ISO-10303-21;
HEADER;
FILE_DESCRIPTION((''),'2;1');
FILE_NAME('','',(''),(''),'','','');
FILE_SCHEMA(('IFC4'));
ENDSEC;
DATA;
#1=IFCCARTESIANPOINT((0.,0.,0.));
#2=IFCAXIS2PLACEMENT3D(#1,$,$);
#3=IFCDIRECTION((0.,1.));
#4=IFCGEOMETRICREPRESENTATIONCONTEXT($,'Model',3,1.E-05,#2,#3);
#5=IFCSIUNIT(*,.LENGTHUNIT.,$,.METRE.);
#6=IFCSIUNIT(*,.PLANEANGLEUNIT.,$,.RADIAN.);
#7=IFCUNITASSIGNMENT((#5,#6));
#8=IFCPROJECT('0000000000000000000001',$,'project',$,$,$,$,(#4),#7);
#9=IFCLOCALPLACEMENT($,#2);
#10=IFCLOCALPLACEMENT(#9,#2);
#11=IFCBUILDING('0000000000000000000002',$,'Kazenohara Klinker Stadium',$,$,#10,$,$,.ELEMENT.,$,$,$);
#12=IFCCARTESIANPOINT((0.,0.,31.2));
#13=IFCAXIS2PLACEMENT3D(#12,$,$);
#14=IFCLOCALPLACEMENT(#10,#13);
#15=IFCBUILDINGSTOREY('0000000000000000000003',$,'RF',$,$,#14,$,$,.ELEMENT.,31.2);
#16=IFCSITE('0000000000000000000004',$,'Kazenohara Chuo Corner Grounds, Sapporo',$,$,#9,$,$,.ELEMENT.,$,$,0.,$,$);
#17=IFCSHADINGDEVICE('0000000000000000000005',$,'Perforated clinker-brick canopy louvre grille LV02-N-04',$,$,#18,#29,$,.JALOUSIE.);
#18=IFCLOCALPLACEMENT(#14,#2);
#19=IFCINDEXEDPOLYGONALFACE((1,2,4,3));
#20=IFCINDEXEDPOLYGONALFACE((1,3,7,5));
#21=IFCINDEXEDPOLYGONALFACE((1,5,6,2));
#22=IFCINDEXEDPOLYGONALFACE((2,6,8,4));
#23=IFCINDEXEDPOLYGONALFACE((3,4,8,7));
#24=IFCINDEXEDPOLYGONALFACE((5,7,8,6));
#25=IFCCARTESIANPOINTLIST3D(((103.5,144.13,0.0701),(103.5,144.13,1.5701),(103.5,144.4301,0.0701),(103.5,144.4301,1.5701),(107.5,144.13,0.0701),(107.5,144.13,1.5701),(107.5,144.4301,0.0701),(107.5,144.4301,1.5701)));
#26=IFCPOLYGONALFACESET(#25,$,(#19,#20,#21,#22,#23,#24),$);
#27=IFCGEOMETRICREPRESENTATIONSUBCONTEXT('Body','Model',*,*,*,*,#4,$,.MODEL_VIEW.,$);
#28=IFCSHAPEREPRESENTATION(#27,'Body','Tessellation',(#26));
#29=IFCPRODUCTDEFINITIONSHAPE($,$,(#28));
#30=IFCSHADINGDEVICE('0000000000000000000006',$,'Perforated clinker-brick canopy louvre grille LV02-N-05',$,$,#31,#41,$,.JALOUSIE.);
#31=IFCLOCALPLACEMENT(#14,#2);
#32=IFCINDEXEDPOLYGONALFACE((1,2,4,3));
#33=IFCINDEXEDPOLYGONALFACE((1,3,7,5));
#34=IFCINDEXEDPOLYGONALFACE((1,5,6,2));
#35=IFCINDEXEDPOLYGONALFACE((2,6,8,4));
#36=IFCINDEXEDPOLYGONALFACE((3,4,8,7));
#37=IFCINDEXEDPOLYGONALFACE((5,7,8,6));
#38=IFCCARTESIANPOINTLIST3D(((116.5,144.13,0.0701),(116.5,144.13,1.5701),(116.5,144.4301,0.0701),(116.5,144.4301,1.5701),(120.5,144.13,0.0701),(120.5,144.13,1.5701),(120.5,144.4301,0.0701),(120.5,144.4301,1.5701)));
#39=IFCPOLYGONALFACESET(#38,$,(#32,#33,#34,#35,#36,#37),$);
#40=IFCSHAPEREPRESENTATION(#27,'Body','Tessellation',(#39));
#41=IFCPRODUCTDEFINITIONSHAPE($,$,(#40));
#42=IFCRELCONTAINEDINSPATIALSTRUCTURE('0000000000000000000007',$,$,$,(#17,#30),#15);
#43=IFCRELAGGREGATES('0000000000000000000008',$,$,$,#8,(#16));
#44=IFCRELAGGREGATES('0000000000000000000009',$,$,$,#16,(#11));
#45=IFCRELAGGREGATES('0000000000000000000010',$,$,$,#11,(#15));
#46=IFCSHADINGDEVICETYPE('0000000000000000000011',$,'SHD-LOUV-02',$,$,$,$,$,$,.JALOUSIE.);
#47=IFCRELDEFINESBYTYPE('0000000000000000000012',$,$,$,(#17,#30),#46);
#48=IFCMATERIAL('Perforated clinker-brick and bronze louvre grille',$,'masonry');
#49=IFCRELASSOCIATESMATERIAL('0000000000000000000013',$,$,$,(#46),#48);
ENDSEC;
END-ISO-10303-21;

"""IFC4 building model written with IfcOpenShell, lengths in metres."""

from ifc_helpers import new_model, si_unit, direction, frame, origin, origin_2d, place, context, subcontext, project, spatial, rectangle, extrude, material, type_object, element, save


model = new_model("IFC4")

# Units and contexts
model_context = context("Model", 3, precision=1e-05, world=origin(), true_north=direction((0.0, 1.0)))
body_context = subcontext(model_context, "Body", "Model", "MODEL_VIEW")
ifc_project = project(units=[si_unit("LENGTHUNIT", "METRE"), si_unit("PLANEANGLEUNIT", "RADIAN")], contexts=[model_context])

# Site, building, storey
site_placement = place(None, origin())
site = spatial("IfcSite", under=ifc_project, at=site_placement, Name="Kazenohara Chuo Corner Grounds, Sapporo", CompositionType="ELEMENT", RefElevation=0.0)
building_placement = place(site_placement, origin())
building = spatial("IfcBuilding", under=site, at=building_placement, Name="Kazenohara Klinker Stadium", CompositionType="ELEMENT")
storey_placement = place(building_placement, frame((0.0, 0.0, 31.2)))
storey = spatial("IfcBuildingStorey", under=building, at=storey_placement, Name="RF", CompositionType="ELEMENT", Elevation=31.2)

# Shading devices
ifc_material_1 = material(Name="Perforated clinker-brick and bronze louvre grille", Category="masonry")
shading_device_type = type_object("IfcShadingDeviceType", Name="SHD-LOUV-02", PredefinedType="JALOUSIE", material=ifc_material_1)
for number, where, z_axis, x_axis, name in (
    (1, (105.5, 144.28, 0.0701), (0.0, 0.0, 1.0), (1.0, 0.0, 0.0), "Perforated clinker-brick canopy louvre grille LV02-N-04"),
    (2, (118.5, 144.28, 0.0701), (0.0, 0.0, 1.0), (1.0, 0.0, 0.0), "Perforated clinker-brick canopy louvre grille LV02-N-05"),
):
    element("IfcShadingDevice", number, at=place(storey_placement, frame(where, z_axis=z_axis, x_axis=x_axis)), inside=storey, type_object=shading_device_type, Name=name, PredefinedType="JALOUSIE", context=body_context, shape_type="SweptSolid", body=[
        extrude(rectangle(XDim=4.0, YDim=0.3, at=origin_2d()), origin(), (0.0, 0.0, 1.0), 1.5),
    ])

save(model, "model.ifc")
